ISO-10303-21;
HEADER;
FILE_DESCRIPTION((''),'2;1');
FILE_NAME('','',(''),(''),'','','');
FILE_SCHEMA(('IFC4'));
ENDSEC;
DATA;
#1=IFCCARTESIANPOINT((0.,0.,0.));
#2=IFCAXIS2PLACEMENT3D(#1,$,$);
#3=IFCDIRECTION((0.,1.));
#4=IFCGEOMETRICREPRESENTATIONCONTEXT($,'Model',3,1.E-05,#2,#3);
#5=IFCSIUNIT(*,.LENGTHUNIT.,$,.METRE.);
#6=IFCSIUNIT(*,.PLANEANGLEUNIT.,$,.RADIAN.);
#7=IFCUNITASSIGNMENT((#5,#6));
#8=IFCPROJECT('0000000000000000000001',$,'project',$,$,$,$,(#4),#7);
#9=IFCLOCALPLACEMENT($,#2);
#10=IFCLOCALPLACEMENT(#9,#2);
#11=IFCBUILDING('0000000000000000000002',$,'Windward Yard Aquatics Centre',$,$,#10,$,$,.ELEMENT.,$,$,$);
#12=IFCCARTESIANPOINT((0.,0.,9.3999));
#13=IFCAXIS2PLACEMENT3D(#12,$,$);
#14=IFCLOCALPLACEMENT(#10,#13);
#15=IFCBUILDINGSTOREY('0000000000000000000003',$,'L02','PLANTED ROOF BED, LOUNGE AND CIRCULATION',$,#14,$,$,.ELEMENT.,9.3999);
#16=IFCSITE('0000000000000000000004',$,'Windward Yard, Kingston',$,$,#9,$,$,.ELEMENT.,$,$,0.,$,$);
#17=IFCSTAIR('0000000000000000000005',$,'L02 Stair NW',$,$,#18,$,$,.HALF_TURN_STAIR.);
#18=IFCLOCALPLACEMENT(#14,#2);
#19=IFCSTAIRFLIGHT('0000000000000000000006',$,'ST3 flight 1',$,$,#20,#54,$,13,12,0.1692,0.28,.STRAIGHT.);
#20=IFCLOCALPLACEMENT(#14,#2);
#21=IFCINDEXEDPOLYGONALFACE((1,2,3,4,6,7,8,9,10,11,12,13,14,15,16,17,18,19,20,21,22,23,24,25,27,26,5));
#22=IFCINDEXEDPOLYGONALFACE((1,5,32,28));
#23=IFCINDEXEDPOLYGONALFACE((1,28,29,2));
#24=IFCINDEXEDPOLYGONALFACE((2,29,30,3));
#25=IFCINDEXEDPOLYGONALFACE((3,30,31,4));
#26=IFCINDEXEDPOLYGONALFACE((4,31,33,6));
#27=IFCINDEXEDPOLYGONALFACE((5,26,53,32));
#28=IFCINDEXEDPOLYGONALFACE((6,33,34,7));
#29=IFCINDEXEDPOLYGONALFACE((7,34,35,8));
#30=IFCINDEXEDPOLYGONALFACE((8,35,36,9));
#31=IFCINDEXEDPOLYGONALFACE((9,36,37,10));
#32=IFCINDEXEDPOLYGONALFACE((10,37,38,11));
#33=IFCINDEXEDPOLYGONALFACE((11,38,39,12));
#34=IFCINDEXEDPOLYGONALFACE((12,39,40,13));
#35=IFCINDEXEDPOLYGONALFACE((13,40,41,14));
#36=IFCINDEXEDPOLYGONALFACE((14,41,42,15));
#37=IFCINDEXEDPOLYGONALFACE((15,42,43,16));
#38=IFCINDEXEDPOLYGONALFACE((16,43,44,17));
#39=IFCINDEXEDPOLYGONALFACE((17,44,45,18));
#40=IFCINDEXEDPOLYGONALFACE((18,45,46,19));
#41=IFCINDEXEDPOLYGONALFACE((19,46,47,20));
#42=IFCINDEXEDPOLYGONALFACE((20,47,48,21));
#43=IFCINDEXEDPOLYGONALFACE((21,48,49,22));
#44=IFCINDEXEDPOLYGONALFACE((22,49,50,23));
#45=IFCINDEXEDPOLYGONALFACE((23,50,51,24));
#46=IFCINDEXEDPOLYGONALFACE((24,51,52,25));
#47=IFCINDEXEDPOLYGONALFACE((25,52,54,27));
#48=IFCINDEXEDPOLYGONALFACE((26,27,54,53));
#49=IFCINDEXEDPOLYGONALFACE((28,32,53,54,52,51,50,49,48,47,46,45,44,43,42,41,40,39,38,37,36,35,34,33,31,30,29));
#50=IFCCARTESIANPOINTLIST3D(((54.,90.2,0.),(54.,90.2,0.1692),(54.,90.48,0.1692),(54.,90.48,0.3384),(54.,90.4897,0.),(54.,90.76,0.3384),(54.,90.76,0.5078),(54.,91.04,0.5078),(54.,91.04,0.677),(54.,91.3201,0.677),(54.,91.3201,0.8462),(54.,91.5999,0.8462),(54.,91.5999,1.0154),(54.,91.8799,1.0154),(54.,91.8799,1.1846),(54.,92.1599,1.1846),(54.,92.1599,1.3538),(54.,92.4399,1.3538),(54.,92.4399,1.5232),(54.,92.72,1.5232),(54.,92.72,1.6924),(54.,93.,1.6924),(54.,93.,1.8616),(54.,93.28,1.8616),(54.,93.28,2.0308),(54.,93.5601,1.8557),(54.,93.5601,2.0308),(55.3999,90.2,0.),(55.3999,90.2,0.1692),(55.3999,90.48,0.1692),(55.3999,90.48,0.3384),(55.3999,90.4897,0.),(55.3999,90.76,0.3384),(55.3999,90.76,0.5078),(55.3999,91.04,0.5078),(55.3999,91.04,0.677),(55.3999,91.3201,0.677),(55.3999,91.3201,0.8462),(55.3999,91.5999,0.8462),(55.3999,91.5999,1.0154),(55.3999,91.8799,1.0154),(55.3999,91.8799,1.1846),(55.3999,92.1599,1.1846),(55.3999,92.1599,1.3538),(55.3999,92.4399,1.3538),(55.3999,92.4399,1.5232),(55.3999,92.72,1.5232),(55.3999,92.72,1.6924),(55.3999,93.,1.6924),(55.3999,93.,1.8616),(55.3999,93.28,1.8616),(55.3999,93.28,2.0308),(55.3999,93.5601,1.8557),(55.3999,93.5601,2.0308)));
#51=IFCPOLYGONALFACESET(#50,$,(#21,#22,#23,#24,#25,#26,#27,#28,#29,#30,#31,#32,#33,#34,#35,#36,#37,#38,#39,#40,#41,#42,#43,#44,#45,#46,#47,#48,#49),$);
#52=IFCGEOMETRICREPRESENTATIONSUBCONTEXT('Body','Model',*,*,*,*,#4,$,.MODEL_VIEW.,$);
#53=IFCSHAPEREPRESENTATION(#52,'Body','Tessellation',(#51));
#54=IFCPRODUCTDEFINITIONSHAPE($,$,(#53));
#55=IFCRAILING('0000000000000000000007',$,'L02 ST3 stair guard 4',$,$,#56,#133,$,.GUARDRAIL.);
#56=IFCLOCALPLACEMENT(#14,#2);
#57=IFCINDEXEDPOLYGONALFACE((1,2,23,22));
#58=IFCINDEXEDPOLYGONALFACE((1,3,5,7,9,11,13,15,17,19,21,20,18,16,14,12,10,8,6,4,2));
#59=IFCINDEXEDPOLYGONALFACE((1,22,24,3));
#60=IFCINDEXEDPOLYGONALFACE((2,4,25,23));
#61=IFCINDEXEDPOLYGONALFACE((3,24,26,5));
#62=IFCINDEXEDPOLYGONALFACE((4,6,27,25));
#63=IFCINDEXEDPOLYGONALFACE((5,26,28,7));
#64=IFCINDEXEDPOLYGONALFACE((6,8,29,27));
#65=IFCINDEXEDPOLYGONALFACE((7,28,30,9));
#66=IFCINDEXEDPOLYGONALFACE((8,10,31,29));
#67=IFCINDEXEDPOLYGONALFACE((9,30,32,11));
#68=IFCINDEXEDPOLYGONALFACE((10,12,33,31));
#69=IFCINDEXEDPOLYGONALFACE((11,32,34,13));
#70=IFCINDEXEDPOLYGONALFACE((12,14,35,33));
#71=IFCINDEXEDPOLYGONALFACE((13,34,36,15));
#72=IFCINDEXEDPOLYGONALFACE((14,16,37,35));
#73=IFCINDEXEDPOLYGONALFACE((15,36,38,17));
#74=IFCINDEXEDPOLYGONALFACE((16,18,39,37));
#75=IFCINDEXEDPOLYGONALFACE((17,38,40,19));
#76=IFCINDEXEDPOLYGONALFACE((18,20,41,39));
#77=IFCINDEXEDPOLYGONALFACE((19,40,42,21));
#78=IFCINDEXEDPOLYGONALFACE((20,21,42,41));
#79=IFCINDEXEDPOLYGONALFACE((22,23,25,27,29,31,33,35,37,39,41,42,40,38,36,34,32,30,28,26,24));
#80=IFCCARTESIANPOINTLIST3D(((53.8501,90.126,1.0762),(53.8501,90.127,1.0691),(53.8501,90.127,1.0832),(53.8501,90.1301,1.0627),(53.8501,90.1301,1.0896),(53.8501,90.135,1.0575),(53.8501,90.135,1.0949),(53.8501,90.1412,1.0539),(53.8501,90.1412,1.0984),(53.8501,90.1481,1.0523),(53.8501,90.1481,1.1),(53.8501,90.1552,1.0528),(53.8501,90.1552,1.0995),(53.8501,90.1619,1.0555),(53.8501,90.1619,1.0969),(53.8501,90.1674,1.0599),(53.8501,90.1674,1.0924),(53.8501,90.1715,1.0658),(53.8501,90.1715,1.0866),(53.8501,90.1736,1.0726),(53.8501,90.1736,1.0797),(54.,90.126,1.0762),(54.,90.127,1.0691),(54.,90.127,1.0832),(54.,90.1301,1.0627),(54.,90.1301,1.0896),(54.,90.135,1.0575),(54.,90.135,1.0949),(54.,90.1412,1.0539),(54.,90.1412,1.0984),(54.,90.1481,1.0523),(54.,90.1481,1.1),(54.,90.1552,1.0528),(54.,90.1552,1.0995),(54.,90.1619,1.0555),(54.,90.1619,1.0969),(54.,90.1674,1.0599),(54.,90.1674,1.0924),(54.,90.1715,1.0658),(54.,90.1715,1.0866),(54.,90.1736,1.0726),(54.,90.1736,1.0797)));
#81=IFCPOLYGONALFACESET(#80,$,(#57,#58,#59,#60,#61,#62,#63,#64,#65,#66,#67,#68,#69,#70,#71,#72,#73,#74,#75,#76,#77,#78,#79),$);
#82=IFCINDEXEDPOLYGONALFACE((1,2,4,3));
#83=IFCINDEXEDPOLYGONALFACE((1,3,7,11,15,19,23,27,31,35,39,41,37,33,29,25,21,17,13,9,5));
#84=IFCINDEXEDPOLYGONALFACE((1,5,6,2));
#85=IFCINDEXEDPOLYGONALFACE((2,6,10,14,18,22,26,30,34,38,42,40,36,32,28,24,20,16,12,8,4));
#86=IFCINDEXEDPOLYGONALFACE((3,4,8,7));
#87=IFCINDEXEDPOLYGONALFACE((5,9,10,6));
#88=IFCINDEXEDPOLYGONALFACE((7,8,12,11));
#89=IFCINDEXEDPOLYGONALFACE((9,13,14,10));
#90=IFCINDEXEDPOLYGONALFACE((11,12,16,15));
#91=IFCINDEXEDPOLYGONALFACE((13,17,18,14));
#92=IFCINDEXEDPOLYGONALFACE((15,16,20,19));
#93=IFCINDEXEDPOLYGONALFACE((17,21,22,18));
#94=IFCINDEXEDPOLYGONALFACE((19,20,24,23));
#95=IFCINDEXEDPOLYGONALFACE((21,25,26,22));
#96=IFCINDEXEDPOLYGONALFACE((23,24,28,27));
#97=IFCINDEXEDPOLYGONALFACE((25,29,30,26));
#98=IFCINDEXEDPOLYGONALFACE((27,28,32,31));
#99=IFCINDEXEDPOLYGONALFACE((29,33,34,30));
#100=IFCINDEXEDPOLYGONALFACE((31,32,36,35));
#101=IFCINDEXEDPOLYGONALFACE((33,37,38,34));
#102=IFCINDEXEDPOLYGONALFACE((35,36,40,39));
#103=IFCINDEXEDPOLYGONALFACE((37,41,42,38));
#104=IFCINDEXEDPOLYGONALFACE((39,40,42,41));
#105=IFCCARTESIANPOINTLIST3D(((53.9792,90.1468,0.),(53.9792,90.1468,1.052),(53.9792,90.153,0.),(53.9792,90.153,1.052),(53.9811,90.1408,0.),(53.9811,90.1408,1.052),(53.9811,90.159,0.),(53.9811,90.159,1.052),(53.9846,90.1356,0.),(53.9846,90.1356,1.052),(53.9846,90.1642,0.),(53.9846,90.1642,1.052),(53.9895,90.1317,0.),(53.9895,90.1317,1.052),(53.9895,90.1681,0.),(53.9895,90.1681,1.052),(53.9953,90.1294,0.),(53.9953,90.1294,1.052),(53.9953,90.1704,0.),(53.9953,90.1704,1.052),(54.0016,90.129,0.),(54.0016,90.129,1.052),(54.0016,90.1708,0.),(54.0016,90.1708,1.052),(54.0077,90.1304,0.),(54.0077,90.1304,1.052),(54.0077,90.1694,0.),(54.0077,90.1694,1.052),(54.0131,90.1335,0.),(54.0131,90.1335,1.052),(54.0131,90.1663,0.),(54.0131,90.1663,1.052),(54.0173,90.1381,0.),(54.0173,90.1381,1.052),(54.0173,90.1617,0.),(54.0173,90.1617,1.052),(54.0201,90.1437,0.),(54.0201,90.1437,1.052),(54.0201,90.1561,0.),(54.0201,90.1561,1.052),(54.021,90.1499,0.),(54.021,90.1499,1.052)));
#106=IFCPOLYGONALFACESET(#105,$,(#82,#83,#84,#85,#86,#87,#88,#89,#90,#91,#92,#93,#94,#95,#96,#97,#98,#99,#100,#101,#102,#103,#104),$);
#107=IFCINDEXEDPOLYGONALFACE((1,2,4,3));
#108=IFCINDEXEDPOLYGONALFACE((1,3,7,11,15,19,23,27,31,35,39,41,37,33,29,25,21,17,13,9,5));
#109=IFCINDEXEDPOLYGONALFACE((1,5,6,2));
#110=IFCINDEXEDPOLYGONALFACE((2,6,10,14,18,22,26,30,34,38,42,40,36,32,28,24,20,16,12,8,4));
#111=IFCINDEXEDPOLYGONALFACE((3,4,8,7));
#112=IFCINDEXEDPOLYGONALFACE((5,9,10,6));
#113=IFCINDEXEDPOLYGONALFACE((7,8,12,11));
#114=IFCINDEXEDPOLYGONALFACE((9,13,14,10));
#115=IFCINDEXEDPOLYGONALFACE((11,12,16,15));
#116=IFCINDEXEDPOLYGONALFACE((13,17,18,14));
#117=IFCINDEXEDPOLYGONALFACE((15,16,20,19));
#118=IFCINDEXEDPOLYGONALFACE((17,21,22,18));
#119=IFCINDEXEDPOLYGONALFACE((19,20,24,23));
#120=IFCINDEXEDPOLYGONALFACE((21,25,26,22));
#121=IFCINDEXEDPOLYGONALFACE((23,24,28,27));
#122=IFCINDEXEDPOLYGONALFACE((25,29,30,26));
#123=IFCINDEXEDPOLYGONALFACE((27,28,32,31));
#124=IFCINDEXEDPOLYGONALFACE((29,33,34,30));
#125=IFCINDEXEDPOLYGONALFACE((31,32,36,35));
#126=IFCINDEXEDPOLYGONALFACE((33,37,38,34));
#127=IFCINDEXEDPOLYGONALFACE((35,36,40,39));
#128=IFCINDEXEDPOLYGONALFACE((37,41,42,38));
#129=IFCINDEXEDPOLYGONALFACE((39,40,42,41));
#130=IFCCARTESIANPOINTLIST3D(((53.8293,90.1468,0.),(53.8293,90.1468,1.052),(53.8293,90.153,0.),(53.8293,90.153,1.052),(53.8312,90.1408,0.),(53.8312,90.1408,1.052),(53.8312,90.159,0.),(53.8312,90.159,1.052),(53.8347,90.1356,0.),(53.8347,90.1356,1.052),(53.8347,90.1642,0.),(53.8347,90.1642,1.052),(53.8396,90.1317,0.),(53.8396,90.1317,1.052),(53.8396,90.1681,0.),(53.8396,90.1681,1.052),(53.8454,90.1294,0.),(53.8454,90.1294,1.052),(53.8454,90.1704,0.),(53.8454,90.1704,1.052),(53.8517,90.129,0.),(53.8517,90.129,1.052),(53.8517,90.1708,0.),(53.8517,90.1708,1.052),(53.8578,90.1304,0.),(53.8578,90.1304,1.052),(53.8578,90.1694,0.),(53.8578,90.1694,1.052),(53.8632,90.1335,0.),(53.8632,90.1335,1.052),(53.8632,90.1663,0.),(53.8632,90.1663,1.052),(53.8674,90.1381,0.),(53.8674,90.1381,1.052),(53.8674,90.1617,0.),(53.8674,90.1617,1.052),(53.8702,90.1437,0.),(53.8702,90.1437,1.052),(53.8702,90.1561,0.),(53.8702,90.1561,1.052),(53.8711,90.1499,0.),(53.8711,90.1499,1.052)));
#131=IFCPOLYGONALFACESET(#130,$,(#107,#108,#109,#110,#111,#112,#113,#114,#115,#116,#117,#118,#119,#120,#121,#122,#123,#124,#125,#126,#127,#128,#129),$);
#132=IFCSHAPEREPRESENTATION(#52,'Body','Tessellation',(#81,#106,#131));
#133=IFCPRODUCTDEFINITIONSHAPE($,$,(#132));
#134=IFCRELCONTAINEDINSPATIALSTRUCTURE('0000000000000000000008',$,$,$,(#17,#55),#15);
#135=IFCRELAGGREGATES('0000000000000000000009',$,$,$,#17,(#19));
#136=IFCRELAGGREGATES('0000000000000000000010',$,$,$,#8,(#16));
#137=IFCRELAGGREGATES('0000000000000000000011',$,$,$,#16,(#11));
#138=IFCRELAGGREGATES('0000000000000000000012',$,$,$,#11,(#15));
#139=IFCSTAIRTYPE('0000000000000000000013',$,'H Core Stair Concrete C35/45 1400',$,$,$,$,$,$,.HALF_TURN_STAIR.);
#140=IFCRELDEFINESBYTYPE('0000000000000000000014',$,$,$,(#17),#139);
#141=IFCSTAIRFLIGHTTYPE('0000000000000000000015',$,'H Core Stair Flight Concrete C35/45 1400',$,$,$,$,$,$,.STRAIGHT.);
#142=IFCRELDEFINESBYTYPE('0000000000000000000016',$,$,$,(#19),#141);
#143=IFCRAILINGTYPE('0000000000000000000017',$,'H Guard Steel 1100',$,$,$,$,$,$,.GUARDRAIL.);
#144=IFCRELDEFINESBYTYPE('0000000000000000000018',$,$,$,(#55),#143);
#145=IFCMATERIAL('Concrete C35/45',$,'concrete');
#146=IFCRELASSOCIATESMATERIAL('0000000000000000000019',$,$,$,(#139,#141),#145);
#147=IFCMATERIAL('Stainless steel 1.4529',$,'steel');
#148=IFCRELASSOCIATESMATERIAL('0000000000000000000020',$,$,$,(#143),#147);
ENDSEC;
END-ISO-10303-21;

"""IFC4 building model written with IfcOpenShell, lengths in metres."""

from ifc_helpers import new_model, si_unit, direction, frame, origin, origin_2d, place, context, subcontext, project, spatial, polyline, circle, outline, extrude, material, type_object, element, aggregate, save


model = new_model("IFC4")

# Units and contexts
model_context = context("Model", 3, precision=1e-05, world=origin(), true_north=direction((0.0, 1.0)))
body_context = subcontext(model_context, "Body", "Model", "MODEL_VIEW")
ifc_project = project(units=[si_unit("LENGTHUNIT", "METRE"), si_unit("PLANEANGLEUNIT", "RADIAN")], contexts=[model_context])

# Site, building, storey
site_placement = place(None, origin())
site = spatial("IfcSite", under=ifc_project, at=site_placement, Name="Windward Yard, Kingston", CompositionType="ELEMENT", RefElevation=0.0)
building_placement = place(site_placement, origin())
building = spatial("IfcBuilding", under=site, at=building_placement, Name="Windward Yard Aquatics Centre", CompositionType="ELEMENT")
storey_placement = place(building_placement, frame((0.0, 0.0, 9.3999)))
storey = spatial("IfcBuildingStorey", under=building, at=storey_placement, Name="L02", Description="PLANTED ROOF BED, LOUNGE AND CIRCULATION", CompositionType="ELEMENT", Elevation=9.3999)

# Shared definitions
ifc_material_1 = material(Name="Concrete C35/45", Category="concrete")

# Stair, stair flight
stair_type = type_object("IfcStairType", Name="H Core Stair Concrete C35/45 1400", PredefinedType="HALF_TURN_STAIR", material=ifc_material_1)
stair_placement = place(storey_placement, origin())
stair = element("IfcStair", 1, at=stair_placement, inside=storey, type_object=stair_type, Name="L02 Stair NW", PredefinedType="HALF_TURN_STAIR")
stair_flight_type = type_object("IfcStairFlightType", Name="H Core Stair Flight Concrete C35/45 1400", PredefinedType="STRAIGHT", material=ifc_material_1)
stair_flight_placement = place(storey_placement, frame((54.7, 90.2, 0.0), z_axis=(0.0, 0.0, 1.0), x_axis=(0.0, 1.0, 0.0)))
stair_flight = element("IfcStairFlight", 2, at=stair_flight_placement, type_object=stair_flight_type, Name="ST3 flight 1", NumberOfRisers=13, NumberOfTreads=12, PredefinedType="STRAIGHT", RiserHeight=0.1692, TreadLength=0.28, context=body_context, shape_type="SweptSolid", body=[
    extrude(outline(polyline([(0.0, 0.0), (0.0, 0.1692), (0.28, 0.1692), (0.28, 0.3384), (0.5601, 0.3384), (0.5601, 0.5078), (0.8401, 0.5078), (0.8401, 0.677), (1.1201, 0.677), (1.1201, 0.8462), (1.3999, 0.8462), (1.3999, 1.0154), (1.6799, 1.0154), (1.6799, 1.1846), (1.96, 1.1846), (1.96, 1.3538), (2.24, 1.3538), (2.24, 1.5232), (2.52, 1.5232), (2.52, 1.6924), (2.8, 1.6924), (2.8, 1.8616), (3.0801, 1.8616), (3.0801, 2.0308), (3.3601, 2.0308), (3.3601, 2.2), (3.3601, 1.8557), (0.2898, 0.0), (0.0, 0.0)])), frame((0.0, 0.7, 0.0), z_axis=(0.0, -1.0, 0.0), x_axis=(1.0, 0.0, 0.0)), (0.0, 0.0, 1.0), 1.3999),
])
aggregate(stair, [stair_flight])

# Railing
ifc_material_2 = material(Name="Stainless steel 1.4529", Category="steel")
railing_type = type_object("IfcRailingType", Name="H Guard Steel 1100", PredefinedType="GUARDRAIL", material=ifc_material_2)
railing_placement = place(storey_placement, frame((54.0, 90.1499, 0.0)))
element("IfcRailing", 3, at=railing_placement, inside=storey, type_object=railing_type, Name="L02 ST3 stair guard 4", PredefinedType="GUARDRAIL", context=body_context, shape_type="SweptSolid", body=[
    extrude(circle(Radius=0.0239, at=origin_2d()), frame((0.0, 0.0, 1.0762), z_axis=(-1.0, 0.0, 0.0), x_axis=(0.0, -1.0, 0.0)), (0.0, 0.0, 1.0), 0.1499),
    extrude(circle(Radius=0.021, at=origin_2d()), origin(), (0.0, 0.0, 1.0), 1.052),
    extrude(circle(Radius=0.021, at=origin_2d()), frame((-0.1499, 0.0, 0.0)), (0.0, 0.0, 1.0), 1.052),
])

save(model, "model.ifc")
